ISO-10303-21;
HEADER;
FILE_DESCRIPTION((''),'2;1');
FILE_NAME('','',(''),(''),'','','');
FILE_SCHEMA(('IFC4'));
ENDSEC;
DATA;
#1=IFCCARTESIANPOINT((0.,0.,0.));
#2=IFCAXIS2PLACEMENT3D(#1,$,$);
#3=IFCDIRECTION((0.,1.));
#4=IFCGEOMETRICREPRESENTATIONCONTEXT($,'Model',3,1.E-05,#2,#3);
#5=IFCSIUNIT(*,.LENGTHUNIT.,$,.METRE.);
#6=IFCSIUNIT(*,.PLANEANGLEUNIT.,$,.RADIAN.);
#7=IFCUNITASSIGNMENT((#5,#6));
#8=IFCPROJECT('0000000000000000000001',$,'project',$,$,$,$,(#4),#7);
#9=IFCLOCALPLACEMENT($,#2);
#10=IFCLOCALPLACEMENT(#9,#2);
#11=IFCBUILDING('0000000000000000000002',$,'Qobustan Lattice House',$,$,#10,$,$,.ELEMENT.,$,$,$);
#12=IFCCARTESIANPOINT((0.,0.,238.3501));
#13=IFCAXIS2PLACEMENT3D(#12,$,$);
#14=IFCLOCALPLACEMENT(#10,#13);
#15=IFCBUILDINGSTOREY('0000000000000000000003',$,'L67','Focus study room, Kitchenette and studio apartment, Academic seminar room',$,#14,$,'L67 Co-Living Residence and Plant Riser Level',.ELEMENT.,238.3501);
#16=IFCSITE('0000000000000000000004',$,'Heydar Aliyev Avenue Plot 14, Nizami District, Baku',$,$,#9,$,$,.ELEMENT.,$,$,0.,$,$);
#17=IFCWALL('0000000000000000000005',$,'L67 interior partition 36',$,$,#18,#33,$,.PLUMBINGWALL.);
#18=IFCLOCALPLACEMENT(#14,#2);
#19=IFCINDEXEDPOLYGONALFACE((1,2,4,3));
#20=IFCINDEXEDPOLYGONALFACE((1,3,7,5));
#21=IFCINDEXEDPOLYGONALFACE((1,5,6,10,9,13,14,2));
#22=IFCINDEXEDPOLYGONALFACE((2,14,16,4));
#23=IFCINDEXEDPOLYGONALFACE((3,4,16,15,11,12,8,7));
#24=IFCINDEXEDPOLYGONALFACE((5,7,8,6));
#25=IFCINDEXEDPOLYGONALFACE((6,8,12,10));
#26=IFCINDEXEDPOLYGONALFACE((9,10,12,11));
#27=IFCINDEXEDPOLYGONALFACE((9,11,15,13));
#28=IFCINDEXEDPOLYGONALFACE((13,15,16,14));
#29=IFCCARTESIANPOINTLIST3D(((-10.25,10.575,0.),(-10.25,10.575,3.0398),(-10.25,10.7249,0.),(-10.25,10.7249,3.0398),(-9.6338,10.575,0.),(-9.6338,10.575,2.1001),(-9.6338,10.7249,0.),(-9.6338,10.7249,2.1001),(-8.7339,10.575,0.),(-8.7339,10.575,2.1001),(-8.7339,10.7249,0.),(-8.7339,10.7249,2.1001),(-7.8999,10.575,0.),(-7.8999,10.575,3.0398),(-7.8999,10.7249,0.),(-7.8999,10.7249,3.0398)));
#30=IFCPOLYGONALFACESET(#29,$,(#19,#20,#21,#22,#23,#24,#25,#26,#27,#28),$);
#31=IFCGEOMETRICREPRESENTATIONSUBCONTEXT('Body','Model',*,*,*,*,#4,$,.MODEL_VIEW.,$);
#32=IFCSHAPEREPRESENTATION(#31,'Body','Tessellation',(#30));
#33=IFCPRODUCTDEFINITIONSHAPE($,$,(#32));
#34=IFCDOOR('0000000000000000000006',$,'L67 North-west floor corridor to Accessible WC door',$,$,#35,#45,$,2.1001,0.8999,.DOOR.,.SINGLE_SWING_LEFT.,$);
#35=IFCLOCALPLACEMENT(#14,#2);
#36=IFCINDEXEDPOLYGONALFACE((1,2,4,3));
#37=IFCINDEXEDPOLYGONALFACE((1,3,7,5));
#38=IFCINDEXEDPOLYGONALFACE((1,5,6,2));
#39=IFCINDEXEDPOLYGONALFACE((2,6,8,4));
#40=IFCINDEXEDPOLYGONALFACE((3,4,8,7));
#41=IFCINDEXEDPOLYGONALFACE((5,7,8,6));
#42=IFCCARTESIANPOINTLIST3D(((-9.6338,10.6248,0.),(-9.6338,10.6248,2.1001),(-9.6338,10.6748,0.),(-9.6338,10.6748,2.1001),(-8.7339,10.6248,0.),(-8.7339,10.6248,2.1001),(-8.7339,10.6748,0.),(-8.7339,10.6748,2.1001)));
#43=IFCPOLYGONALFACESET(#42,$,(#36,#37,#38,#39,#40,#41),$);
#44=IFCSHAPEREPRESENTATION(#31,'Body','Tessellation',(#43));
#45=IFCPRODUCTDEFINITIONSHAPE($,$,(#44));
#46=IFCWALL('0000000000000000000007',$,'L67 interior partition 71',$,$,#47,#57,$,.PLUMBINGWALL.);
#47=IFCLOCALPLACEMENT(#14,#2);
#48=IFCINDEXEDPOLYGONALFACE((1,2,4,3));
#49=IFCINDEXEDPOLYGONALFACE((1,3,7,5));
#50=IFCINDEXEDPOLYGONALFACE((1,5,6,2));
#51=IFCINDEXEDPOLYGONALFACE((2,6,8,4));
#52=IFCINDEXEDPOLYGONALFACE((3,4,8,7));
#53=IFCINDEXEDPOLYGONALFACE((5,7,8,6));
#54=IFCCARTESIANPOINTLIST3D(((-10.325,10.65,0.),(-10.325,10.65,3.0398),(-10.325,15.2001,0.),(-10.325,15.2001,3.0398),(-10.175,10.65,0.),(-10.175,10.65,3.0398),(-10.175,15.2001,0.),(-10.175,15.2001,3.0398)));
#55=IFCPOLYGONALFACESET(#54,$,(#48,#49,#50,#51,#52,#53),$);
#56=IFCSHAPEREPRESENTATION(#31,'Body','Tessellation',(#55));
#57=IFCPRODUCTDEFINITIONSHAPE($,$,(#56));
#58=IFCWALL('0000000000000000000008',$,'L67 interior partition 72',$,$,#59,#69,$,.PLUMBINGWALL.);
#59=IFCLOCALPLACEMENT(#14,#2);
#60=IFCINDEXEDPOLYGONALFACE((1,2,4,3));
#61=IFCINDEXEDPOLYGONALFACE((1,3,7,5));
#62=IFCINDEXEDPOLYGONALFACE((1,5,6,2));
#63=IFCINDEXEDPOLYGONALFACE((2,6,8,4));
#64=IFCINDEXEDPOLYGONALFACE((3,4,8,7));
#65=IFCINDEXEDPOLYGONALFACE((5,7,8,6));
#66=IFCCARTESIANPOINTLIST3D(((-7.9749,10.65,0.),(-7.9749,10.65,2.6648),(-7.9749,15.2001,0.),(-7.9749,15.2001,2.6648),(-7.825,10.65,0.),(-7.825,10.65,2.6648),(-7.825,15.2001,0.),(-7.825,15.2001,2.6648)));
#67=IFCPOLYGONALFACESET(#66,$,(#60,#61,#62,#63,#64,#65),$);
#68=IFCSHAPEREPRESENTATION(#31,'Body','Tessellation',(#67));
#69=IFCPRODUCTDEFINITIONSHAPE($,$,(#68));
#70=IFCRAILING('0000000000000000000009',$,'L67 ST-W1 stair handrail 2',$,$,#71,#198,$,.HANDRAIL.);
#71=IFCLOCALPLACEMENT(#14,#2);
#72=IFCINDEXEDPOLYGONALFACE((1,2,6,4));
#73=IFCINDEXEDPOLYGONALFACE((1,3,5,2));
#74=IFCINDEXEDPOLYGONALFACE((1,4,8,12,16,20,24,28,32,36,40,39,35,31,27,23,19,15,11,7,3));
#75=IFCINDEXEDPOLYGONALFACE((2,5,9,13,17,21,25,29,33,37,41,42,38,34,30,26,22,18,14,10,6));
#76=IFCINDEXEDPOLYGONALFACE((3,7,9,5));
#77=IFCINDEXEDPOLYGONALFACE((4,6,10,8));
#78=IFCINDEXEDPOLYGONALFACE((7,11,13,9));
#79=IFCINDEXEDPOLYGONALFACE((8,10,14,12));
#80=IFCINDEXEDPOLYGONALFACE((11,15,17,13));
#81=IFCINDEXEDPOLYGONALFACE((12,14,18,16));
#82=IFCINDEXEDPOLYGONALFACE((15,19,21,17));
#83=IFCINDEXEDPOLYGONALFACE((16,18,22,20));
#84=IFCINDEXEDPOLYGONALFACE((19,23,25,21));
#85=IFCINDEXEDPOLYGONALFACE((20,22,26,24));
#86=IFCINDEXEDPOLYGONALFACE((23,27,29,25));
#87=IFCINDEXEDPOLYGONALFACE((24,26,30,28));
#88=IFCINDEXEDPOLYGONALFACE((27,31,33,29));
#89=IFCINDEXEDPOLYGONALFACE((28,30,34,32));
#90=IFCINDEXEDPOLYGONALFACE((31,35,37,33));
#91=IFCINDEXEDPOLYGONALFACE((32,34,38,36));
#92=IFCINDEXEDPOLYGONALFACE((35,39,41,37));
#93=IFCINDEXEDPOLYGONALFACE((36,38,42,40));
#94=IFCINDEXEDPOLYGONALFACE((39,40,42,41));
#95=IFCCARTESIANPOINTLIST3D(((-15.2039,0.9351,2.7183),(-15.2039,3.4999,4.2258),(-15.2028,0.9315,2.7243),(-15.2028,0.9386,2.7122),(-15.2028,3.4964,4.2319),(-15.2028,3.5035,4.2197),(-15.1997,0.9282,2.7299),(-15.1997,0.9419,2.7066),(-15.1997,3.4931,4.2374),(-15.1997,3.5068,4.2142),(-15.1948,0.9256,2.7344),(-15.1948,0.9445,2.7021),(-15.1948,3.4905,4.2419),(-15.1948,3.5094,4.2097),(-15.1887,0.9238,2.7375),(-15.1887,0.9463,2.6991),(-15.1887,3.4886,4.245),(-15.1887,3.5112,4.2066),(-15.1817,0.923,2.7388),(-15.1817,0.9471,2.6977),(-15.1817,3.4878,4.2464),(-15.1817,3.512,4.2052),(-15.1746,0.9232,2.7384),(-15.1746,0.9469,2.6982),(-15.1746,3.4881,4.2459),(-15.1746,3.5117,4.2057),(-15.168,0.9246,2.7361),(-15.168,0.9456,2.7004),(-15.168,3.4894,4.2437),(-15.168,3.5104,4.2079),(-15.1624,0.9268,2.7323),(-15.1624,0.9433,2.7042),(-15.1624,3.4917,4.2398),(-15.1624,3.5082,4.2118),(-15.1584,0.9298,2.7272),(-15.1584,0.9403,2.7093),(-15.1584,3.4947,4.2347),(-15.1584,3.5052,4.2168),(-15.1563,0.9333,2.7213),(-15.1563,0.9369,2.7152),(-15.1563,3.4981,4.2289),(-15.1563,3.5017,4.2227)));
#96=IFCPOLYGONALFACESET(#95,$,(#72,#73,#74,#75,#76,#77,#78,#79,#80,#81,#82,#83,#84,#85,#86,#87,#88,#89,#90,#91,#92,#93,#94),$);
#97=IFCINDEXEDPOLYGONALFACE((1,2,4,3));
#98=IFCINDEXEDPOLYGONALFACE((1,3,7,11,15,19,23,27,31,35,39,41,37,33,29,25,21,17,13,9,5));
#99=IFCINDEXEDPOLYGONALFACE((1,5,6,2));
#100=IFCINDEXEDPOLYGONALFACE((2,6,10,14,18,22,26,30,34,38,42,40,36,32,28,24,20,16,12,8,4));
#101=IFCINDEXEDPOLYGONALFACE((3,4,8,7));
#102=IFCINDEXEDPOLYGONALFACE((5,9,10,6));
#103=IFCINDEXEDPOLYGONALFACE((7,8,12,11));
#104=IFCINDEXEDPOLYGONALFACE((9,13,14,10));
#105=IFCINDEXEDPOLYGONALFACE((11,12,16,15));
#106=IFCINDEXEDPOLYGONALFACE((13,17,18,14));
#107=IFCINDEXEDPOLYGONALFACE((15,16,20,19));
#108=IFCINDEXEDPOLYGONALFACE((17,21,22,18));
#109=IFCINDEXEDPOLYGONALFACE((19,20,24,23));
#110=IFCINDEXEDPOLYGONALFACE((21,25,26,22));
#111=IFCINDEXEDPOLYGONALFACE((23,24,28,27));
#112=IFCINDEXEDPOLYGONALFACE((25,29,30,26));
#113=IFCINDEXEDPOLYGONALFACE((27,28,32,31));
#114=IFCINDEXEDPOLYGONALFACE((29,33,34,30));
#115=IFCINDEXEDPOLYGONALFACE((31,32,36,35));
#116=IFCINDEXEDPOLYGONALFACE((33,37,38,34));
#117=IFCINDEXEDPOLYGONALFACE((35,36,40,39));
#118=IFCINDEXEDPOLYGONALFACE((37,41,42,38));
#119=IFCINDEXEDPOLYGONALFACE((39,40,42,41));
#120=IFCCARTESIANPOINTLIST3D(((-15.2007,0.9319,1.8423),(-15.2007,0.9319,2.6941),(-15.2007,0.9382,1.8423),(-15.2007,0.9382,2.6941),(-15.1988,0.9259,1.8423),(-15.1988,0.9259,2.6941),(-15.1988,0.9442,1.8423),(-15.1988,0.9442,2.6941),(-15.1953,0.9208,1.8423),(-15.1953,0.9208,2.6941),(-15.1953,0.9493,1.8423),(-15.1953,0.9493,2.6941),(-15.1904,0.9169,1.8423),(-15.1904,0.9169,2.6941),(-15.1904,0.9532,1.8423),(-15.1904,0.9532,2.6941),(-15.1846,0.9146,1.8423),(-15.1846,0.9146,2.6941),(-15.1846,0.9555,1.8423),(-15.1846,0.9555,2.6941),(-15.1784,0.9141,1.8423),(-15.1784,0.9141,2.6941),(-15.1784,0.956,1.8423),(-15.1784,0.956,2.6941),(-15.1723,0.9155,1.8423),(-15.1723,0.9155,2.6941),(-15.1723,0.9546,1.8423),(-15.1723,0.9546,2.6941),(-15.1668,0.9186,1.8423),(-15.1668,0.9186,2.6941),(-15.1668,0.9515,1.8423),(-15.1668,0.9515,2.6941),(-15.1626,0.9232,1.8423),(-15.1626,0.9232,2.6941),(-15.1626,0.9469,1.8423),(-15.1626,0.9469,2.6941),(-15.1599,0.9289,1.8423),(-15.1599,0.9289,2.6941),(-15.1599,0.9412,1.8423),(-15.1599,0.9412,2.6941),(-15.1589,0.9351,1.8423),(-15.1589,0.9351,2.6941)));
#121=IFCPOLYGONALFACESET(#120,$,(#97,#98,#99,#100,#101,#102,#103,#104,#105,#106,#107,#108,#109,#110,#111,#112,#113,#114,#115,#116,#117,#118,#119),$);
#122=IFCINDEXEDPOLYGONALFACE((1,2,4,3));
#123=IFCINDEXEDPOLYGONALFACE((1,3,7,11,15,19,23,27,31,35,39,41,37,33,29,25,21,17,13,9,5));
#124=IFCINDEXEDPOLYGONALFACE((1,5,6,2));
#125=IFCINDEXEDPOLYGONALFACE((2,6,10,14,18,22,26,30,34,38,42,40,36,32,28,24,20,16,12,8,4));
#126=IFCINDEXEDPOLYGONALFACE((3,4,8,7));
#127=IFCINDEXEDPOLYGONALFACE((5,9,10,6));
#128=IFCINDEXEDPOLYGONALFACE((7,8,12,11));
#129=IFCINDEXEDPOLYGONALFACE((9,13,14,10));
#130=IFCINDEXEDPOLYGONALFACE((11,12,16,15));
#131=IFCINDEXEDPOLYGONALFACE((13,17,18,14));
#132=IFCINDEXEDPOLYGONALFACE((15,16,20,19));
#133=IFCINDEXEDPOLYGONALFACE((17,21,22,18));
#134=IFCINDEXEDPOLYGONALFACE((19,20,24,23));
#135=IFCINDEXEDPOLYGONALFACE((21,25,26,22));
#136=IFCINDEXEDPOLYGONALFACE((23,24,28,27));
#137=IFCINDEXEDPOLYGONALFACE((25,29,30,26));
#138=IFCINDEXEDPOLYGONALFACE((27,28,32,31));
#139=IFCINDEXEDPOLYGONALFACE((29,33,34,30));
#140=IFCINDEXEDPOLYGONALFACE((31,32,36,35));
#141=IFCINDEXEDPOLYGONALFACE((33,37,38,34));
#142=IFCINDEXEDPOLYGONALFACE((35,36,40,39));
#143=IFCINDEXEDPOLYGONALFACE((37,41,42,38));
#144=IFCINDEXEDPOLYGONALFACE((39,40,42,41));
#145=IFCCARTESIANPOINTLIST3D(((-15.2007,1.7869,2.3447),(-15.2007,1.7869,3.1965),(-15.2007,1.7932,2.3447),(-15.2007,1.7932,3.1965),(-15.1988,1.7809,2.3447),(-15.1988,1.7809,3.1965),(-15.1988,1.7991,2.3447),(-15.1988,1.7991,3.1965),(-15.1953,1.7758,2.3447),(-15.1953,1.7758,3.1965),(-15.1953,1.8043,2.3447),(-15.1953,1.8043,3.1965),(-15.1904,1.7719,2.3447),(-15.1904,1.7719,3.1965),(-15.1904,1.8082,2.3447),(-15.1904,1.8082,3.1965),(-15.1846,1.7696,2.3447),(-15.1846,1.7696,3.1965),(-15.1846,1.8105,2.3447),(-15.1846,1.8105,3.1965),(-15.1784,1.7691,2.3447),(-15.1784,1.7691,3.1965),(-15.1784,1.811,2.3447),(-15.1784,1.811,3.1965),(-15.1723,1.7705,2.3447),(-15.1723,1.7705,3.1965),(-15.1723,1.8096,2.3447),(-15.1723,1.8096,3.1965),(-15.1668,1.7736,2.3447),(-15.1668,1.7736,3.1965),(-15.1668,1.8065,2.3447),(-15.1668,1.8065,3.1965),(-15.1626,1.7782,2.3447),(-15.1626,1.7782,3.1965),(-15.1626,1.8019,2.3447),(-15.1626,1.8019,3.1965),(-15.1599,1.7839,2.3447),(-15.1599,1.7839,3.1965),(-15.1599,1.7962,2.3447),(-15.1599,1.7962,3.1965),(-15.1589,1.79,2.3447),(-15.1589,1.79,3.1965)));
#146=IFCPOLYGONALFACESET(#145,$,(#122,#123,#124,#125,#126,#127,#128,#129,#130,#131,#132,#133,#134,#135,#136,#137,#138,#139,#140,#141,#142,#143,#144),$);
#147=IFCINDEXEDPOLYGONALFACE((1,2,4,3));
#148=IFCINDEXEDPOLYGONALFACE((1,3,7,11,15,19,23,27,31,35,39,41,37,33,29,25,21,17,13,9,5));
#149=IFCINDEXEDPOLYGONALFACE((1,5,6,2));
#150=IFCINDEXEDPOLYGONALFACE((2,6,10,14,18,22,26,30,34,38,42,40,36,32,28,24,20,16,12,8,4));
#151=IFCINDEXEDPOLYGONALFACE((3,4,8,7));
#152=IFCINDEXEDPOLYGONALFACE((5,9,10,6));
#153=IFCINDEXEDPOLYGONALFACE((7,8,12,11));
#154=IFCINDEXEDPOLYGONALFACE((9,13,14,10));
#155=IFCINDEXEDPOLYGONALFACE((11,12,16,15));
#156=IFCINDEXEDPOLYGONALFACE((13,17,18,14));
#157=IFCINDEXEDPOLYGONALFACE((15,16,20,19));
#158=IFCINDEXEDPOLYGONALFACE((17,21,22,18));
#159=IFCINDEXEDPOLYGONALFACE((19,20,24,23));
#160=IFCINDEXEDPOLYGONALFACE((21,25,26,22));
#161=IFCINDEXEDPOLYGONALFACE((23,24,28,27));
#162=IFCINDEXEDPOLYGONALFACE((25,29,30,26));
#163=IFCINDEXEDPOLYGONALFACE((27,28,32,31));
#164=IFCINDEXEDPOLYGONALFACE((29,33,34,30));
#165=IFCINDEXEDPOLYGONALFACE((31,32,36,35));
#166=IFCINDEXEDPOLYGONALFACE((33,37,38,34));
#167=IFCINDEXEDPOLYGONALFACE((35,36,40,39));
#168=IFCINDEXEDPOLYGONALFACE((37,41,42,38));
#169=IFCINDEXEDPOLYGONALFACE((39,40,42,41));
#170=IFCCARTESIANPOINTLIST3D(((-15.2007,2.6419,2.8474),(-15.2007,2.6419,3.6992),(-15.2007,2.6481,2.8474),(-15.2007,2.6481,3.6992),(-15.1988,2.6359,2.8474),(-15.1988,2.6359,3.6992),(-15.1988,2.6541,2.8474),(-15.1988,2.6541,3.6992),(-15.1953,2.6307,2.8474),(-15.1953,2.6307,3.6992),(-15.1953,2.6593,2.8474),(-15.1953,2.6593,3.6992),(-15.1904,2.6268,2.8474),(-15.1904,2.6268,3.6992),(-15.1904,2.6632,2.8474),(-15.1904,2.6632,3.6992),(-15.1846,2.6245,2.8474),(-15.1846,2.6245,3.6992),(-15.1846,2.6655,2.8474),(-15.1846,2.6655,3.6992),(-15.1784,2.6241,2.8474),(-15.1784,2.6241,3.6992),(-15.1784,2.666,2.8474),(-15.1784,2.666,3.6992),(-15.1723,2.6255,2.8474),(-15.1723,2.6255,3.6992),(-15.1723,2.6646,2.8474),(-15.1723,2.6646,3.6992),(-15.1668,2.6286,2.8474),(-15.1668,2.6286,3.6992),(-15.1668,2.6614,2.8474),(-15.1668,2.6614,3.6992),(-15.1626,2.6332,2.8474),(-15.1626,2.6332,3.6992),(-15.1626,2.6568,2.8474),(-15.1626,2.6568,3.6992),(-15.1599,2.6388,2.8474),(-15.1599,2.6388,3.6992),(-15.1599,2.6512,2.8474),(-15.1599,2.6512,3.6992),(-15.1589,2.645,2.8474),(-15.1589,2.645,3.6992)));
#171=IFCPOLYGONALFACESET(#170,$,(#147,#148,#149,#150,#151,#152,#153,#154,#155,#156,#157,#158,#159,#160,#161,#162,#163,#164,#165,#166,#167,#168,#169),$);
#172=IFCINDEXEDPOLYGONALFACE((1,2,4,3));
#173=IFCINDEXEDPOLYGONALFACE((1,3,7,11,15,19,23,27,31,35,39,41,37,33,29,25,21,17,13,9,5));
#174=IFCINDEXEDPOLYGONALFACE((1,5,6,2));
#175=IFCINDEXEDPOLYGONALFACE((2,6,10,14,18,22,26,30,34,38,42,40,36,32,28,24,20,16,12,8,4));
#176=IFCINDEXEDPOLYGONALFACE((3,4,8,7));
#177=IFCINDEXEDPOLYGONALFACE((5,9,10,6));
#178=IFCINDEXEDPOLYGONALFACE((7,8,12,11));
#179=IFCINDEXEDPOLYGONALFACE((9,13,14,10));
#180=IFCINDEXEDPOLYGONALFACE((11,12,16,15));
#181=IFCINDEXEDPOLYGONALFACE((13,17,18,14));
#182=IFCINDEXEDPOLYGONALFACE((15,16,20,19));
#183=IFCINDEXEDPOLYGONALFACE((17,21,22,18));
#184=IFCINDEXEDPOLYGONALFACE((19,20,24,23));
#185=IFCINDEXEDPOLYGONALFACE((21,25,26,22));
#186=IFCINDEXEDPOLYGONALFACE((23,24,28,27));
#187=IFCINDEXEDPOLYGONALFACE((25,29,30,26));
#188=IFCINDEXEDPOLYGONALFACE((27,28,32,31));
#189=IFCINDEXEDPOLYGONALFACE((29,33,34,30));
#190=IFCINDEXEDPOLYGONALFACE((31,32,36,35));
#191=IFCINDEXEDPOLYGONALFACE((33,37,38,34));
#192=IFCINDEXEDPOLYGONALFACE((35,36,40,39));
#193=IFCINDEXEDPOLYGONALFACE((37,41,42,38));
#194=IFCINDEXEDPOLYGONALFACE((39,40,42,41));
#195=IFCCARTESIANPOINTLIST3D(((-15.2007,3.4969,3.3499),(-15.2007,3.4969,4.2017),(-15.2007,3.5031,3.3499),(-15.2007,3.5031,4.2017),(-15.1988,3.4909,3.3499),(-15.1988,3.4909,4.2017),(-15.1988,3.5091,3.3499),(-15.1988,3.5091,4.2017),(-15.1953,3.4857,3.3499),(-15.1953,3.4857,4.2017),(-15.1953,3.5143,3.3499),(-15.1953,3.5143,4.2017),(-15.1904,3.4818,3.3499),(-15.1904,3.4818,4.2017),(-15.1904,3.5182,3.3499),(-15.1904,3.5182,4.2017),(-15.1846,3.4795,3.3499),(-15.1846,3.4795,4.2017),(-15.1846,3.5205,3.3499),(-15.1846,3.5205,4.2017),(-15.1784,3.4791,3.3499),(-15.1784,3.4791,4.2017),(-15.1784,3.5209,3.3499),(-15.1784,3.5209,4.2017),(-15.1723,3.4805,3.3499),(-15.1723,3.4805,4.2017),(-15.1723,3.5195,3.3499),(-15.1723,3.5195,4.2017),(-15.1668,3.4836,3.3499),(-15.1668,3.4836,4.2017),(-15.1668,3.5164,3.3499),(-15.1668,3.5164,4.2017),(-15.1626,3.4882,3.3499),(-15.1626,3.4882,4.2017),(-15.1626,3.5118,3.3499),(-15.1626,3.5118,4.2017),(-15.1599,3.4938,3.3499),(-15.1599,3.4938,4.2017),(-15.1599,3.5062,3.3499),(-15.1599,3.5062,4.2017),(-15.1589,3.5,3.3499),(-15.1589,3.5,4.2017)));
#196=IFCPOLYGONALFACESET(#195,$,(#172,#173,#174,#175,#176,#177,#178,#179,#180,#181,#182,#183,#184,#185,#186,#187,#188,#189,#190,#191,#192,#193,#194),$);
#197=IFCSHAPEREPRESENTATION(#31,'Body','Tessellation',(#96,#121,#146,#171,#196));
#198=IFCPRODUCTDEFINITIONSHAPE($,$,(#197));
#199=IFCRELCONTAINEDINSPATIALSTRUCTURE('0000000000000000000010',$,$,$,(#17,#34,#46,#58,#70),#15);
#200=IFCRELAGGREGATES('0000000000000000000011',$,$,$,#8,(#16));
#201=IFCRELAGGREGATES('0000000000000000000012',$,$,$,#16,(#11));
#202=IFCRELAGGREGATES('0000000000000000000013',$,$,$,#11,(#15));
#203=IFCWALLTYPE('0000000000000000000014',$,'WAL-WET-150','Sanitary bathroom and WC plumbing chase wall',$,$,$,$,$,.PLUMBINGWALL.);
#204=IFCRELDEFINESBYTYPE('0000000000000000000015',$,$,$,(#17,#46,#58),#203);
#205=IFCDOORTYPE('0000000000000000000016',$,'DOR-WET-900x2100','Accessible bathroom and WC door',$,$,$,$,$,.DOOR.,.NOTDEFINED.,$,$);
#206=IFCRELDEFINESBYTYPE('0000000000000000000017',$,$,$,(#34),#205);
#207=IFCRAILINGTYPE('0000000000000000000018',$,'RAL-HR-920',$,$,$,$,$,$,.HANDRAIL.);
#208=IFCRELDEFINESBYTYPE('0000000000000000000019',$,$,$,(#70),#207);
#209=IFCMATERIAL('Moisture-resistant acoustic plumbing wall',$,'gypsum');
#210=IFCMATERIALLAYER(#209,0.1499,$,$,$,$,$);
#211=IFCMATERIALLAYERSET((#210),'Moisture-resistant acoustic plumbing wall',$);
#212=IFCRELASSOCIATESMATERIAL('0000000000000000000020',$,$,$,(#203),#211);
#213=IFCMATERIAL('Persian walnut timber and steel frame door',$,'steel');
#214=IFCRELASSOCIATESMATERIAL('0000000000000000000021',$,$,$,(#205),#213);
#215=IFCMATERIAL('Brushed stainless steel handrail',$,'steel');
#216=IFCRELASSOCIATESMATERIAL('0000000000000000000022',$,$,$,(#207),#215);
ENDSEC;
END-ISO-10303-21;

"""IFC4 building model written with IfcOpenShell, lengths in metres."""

from ifc_helpers import new_model, si_unit, direction, frame, frame_2d, origin, origin_2d, place, context, subcontext, project, spatial, rectangle, circle, extrude, material, layer, layer_set, type_object, element, fill, save


model = new_model("IFC4")

# Units and contexts
model_context = context("Model", 3, precision=1e-05, world=origin(), true_north=direction((0.0, 1.0)))
body_context = subcontext(model_context, "Body", "Model", "MODEL_VIEW")
ifc_project = project(units=[si_unit("LENGTHUNIT", "METRE"), si_unit("PLANEANGLEUNIT", "RADIAN")], contexts=[model_context])

# Site, building, storey
site_placement = place(None, origin())
site = spatial("IfcSite", under=ifc_project, at=site_placement, Name="Heydar Aliyev Avenue Plot 14, Nizami District, Baku", CompositionType="ELEMENT", RefElevation=0.0)
building_placement = place(site_placement, origin())
building = spatial("IfcBuilding", under=site, at=building_placement, Name="Qobustan Lattice House", CompositionType="ELEMENT")
storey_placement = place(building_placement, frame((0.0, 0.0, 238.3501)))
storey = spatial("IfcBuildingStorey", under=building, at=storey_placement, Name="L67", Description="Focus study room, Kitchenette and studio apartment, Academic seminar room", LongName="L67 Co-Living Residence and Plant Riser Level", CompositionType="ELEMENT", Elevation=238.3501)

# Wall, opening, door
ifc_material_1 = material(Name="Moisture-resistant acoustic plumbing wall", Category="gypsum")
ifc_layer_1 = layer(ifc_material_1, 0.1499)
ifc_layer_set_1 = layer_set([ifc_layer_1], Name="Moisture-resistant acoustic plumbing wall")
wall_type_1 = type_object("IfcWallType", Name="WAL-WET-150", Description="Sanitary bathroom and WC plumbing chase wall", PredefinedType="PLUMBINGWALL", material=ifc_layer_set_1)
wall_1_placement = place(storey_placement, frame((-10.25, 10.6499, 0.0), z_axis=(0.0, 0.0, 1.0), x_axis=(1.0, 0.0, 0.0)))
wall_1 = element("IfcWall", 1, at=wall_1_placement, inside=storey, type_object=wall_type_1, Name="L67 interior partition 36", PredefinedType="PLUMBINGWALL", context=body_context, shape_type="SweptSolid", body=[
    extrude(rectangle(XDim=2.3501, YDim=0.1499, at=frame_2d((1.175, 0.0))), origin(), (0.0, 0.0, 1.0), 3.0398),
])
opening_1_placement = place(wall_1_placement, frame((0.6162, 0.0, 0.0)))
opening_1 = element("IfcOpeningElement", 2, at=opening_1_placement, cuts=wall_1, PredefinedType="OPENING", context=body_context, shape_type="SweptSolid", body=[
    extrude(rectangle(XDim=0.8999, YDim=2.1001, at=frame_2d((0.45, 1.05))), frame((0.0, 0.085, 0.0), z_axis=(0.0, -1.0, 0.0), x_axis=(1.0, 0.0, 0.0)), (0.0, 0.0, 1.0), 0.1699),
])
ifc_material_2 = material(Name="Persian walnut timber and steel frame door", Category="steel")
door_type_1 = type_object("IfcDoorType", Name="DOR-WET-900x2100", Description="Accessible bathroom and WC door", OperationType="NOTDEFINED", PredefinedType="DOOR", material=ifc_material_2)
door_1_placement = place(opening_1_placement, origin())
door_1 = element("IfcDoor", 3, at=door_1_placement, inside=storey, type_object=door_type_1, Name="L67 North-west floor corridor to Accessible WC door", OperationType="SINGLE_SWING_LEFT", OverallHeight=2.1001, OverallWidth=0.8999, PredefinedType="DOOR", context=body_context, shape_type="SweptSolid", body=[
    extrude(rectangle(XDim=0.8999, YDim=2.1001, at=frame_2d((0.45, 1.05))), frame((0.0, 0.0249, 0.0), z_axis=(0.0, -1.0, 0.0), x_axis=(1.0, 0.0, 0.0)), (0.0, 0.0, 1.0), 0.05),
])
fill(opening_1, door_1)

# Walls
wall_2_placement = place(storey_placement, frame((-10.25, 15.2, 0.0), z_axis=(0.0, 0.0, 1.0), x_axis=(0.0, -1.0, 0.0)))
element("IfcWall", 4, at=wall_2_placement, inside=storey, type_object=wall_type_1, Name="L67 interior partition 71", PredefinedType="PLUMBINGWALL", context=body_context, shape_type="SweptSolid", body=[
    extrude(rectangle(XDim=4.55, YDim=0.1499, at=frame_2d((2.2749, 0.0))), origin(), (0.0, 0.0, 1.0), 3.0398),
])
wall_3_placement = place(storey_placement, frame((-7.8999, 15.2, 0.0), z_axis=(0.0, 0.0, 1.0), x_axis=(0.0, -1.0, 0.0)))
element("IfcWall", 5, at=wall_3_placement, inside=storey, type_object=wall_type_1, Name="L67 interior partition 72", PredefinedType="PLUMBINGWALL", context=body_context, shape_type="SweptSolid", body=[
    extrude(rectangle(XDim=4.55, YDim=0.1499, at=frame_2d((2.2749, 0.0))), origin(), (0.0, 0.0, 1.0), 2.6648),
])

# Railing
ifc_material_3 = material(Name="Brushed stainless steel handrail", Category="steel")
railing_type_1 = type_object("IfcRailingType", Name="RAL-HR-920", PredefinedType="HANDRAIL", material=ifc_material_3)
railing_1_placement = place(storey_placement, frame((-15.1799, 0.9351, 1.8423)))
element("IfcRailing", 6, at=railing_1_placement, inside=storey, type_object=railing_type_1, Name="L67 ST-W1 stair handrail 2", PredefinedType="HANDRAIL", context=body_context, shape_type="SweptSolid", body=[
    extrude(circle(Radius=0.0239, at=origin_2d()), frame((0.0, 0.0, 0.876), z_axis=(0.0, 0.862113, 0.506715), x_axis=(-1.0, 0.0, 0.0)), (0.0, 0.0, 1.0), 2.9751),
    extrude(circle(Radius=0.021, at=origin_2d()), origin(), (0.0, 0.0, 1.0), 0.8518),
    extrude(circle(Radius=0.021, at=origin_2d()), frame((0.0, 0.855, 0.5024)), (0.0, 0.0, 1.0), 0.8518),
    extrude(circle(Radius=0.021, at=origin_2d()), frame((0.0, 1.71, 1.0051)), (0.0, 0.0, 1.0), 0.8518),
    extrude(circle(Radius=0.021, at=origin_2d()), frame((0.0, 2.5649, 1.5076)), (0.0, 0.0, 1.0), 0.8518),
])

save(model, "model.ifc")
